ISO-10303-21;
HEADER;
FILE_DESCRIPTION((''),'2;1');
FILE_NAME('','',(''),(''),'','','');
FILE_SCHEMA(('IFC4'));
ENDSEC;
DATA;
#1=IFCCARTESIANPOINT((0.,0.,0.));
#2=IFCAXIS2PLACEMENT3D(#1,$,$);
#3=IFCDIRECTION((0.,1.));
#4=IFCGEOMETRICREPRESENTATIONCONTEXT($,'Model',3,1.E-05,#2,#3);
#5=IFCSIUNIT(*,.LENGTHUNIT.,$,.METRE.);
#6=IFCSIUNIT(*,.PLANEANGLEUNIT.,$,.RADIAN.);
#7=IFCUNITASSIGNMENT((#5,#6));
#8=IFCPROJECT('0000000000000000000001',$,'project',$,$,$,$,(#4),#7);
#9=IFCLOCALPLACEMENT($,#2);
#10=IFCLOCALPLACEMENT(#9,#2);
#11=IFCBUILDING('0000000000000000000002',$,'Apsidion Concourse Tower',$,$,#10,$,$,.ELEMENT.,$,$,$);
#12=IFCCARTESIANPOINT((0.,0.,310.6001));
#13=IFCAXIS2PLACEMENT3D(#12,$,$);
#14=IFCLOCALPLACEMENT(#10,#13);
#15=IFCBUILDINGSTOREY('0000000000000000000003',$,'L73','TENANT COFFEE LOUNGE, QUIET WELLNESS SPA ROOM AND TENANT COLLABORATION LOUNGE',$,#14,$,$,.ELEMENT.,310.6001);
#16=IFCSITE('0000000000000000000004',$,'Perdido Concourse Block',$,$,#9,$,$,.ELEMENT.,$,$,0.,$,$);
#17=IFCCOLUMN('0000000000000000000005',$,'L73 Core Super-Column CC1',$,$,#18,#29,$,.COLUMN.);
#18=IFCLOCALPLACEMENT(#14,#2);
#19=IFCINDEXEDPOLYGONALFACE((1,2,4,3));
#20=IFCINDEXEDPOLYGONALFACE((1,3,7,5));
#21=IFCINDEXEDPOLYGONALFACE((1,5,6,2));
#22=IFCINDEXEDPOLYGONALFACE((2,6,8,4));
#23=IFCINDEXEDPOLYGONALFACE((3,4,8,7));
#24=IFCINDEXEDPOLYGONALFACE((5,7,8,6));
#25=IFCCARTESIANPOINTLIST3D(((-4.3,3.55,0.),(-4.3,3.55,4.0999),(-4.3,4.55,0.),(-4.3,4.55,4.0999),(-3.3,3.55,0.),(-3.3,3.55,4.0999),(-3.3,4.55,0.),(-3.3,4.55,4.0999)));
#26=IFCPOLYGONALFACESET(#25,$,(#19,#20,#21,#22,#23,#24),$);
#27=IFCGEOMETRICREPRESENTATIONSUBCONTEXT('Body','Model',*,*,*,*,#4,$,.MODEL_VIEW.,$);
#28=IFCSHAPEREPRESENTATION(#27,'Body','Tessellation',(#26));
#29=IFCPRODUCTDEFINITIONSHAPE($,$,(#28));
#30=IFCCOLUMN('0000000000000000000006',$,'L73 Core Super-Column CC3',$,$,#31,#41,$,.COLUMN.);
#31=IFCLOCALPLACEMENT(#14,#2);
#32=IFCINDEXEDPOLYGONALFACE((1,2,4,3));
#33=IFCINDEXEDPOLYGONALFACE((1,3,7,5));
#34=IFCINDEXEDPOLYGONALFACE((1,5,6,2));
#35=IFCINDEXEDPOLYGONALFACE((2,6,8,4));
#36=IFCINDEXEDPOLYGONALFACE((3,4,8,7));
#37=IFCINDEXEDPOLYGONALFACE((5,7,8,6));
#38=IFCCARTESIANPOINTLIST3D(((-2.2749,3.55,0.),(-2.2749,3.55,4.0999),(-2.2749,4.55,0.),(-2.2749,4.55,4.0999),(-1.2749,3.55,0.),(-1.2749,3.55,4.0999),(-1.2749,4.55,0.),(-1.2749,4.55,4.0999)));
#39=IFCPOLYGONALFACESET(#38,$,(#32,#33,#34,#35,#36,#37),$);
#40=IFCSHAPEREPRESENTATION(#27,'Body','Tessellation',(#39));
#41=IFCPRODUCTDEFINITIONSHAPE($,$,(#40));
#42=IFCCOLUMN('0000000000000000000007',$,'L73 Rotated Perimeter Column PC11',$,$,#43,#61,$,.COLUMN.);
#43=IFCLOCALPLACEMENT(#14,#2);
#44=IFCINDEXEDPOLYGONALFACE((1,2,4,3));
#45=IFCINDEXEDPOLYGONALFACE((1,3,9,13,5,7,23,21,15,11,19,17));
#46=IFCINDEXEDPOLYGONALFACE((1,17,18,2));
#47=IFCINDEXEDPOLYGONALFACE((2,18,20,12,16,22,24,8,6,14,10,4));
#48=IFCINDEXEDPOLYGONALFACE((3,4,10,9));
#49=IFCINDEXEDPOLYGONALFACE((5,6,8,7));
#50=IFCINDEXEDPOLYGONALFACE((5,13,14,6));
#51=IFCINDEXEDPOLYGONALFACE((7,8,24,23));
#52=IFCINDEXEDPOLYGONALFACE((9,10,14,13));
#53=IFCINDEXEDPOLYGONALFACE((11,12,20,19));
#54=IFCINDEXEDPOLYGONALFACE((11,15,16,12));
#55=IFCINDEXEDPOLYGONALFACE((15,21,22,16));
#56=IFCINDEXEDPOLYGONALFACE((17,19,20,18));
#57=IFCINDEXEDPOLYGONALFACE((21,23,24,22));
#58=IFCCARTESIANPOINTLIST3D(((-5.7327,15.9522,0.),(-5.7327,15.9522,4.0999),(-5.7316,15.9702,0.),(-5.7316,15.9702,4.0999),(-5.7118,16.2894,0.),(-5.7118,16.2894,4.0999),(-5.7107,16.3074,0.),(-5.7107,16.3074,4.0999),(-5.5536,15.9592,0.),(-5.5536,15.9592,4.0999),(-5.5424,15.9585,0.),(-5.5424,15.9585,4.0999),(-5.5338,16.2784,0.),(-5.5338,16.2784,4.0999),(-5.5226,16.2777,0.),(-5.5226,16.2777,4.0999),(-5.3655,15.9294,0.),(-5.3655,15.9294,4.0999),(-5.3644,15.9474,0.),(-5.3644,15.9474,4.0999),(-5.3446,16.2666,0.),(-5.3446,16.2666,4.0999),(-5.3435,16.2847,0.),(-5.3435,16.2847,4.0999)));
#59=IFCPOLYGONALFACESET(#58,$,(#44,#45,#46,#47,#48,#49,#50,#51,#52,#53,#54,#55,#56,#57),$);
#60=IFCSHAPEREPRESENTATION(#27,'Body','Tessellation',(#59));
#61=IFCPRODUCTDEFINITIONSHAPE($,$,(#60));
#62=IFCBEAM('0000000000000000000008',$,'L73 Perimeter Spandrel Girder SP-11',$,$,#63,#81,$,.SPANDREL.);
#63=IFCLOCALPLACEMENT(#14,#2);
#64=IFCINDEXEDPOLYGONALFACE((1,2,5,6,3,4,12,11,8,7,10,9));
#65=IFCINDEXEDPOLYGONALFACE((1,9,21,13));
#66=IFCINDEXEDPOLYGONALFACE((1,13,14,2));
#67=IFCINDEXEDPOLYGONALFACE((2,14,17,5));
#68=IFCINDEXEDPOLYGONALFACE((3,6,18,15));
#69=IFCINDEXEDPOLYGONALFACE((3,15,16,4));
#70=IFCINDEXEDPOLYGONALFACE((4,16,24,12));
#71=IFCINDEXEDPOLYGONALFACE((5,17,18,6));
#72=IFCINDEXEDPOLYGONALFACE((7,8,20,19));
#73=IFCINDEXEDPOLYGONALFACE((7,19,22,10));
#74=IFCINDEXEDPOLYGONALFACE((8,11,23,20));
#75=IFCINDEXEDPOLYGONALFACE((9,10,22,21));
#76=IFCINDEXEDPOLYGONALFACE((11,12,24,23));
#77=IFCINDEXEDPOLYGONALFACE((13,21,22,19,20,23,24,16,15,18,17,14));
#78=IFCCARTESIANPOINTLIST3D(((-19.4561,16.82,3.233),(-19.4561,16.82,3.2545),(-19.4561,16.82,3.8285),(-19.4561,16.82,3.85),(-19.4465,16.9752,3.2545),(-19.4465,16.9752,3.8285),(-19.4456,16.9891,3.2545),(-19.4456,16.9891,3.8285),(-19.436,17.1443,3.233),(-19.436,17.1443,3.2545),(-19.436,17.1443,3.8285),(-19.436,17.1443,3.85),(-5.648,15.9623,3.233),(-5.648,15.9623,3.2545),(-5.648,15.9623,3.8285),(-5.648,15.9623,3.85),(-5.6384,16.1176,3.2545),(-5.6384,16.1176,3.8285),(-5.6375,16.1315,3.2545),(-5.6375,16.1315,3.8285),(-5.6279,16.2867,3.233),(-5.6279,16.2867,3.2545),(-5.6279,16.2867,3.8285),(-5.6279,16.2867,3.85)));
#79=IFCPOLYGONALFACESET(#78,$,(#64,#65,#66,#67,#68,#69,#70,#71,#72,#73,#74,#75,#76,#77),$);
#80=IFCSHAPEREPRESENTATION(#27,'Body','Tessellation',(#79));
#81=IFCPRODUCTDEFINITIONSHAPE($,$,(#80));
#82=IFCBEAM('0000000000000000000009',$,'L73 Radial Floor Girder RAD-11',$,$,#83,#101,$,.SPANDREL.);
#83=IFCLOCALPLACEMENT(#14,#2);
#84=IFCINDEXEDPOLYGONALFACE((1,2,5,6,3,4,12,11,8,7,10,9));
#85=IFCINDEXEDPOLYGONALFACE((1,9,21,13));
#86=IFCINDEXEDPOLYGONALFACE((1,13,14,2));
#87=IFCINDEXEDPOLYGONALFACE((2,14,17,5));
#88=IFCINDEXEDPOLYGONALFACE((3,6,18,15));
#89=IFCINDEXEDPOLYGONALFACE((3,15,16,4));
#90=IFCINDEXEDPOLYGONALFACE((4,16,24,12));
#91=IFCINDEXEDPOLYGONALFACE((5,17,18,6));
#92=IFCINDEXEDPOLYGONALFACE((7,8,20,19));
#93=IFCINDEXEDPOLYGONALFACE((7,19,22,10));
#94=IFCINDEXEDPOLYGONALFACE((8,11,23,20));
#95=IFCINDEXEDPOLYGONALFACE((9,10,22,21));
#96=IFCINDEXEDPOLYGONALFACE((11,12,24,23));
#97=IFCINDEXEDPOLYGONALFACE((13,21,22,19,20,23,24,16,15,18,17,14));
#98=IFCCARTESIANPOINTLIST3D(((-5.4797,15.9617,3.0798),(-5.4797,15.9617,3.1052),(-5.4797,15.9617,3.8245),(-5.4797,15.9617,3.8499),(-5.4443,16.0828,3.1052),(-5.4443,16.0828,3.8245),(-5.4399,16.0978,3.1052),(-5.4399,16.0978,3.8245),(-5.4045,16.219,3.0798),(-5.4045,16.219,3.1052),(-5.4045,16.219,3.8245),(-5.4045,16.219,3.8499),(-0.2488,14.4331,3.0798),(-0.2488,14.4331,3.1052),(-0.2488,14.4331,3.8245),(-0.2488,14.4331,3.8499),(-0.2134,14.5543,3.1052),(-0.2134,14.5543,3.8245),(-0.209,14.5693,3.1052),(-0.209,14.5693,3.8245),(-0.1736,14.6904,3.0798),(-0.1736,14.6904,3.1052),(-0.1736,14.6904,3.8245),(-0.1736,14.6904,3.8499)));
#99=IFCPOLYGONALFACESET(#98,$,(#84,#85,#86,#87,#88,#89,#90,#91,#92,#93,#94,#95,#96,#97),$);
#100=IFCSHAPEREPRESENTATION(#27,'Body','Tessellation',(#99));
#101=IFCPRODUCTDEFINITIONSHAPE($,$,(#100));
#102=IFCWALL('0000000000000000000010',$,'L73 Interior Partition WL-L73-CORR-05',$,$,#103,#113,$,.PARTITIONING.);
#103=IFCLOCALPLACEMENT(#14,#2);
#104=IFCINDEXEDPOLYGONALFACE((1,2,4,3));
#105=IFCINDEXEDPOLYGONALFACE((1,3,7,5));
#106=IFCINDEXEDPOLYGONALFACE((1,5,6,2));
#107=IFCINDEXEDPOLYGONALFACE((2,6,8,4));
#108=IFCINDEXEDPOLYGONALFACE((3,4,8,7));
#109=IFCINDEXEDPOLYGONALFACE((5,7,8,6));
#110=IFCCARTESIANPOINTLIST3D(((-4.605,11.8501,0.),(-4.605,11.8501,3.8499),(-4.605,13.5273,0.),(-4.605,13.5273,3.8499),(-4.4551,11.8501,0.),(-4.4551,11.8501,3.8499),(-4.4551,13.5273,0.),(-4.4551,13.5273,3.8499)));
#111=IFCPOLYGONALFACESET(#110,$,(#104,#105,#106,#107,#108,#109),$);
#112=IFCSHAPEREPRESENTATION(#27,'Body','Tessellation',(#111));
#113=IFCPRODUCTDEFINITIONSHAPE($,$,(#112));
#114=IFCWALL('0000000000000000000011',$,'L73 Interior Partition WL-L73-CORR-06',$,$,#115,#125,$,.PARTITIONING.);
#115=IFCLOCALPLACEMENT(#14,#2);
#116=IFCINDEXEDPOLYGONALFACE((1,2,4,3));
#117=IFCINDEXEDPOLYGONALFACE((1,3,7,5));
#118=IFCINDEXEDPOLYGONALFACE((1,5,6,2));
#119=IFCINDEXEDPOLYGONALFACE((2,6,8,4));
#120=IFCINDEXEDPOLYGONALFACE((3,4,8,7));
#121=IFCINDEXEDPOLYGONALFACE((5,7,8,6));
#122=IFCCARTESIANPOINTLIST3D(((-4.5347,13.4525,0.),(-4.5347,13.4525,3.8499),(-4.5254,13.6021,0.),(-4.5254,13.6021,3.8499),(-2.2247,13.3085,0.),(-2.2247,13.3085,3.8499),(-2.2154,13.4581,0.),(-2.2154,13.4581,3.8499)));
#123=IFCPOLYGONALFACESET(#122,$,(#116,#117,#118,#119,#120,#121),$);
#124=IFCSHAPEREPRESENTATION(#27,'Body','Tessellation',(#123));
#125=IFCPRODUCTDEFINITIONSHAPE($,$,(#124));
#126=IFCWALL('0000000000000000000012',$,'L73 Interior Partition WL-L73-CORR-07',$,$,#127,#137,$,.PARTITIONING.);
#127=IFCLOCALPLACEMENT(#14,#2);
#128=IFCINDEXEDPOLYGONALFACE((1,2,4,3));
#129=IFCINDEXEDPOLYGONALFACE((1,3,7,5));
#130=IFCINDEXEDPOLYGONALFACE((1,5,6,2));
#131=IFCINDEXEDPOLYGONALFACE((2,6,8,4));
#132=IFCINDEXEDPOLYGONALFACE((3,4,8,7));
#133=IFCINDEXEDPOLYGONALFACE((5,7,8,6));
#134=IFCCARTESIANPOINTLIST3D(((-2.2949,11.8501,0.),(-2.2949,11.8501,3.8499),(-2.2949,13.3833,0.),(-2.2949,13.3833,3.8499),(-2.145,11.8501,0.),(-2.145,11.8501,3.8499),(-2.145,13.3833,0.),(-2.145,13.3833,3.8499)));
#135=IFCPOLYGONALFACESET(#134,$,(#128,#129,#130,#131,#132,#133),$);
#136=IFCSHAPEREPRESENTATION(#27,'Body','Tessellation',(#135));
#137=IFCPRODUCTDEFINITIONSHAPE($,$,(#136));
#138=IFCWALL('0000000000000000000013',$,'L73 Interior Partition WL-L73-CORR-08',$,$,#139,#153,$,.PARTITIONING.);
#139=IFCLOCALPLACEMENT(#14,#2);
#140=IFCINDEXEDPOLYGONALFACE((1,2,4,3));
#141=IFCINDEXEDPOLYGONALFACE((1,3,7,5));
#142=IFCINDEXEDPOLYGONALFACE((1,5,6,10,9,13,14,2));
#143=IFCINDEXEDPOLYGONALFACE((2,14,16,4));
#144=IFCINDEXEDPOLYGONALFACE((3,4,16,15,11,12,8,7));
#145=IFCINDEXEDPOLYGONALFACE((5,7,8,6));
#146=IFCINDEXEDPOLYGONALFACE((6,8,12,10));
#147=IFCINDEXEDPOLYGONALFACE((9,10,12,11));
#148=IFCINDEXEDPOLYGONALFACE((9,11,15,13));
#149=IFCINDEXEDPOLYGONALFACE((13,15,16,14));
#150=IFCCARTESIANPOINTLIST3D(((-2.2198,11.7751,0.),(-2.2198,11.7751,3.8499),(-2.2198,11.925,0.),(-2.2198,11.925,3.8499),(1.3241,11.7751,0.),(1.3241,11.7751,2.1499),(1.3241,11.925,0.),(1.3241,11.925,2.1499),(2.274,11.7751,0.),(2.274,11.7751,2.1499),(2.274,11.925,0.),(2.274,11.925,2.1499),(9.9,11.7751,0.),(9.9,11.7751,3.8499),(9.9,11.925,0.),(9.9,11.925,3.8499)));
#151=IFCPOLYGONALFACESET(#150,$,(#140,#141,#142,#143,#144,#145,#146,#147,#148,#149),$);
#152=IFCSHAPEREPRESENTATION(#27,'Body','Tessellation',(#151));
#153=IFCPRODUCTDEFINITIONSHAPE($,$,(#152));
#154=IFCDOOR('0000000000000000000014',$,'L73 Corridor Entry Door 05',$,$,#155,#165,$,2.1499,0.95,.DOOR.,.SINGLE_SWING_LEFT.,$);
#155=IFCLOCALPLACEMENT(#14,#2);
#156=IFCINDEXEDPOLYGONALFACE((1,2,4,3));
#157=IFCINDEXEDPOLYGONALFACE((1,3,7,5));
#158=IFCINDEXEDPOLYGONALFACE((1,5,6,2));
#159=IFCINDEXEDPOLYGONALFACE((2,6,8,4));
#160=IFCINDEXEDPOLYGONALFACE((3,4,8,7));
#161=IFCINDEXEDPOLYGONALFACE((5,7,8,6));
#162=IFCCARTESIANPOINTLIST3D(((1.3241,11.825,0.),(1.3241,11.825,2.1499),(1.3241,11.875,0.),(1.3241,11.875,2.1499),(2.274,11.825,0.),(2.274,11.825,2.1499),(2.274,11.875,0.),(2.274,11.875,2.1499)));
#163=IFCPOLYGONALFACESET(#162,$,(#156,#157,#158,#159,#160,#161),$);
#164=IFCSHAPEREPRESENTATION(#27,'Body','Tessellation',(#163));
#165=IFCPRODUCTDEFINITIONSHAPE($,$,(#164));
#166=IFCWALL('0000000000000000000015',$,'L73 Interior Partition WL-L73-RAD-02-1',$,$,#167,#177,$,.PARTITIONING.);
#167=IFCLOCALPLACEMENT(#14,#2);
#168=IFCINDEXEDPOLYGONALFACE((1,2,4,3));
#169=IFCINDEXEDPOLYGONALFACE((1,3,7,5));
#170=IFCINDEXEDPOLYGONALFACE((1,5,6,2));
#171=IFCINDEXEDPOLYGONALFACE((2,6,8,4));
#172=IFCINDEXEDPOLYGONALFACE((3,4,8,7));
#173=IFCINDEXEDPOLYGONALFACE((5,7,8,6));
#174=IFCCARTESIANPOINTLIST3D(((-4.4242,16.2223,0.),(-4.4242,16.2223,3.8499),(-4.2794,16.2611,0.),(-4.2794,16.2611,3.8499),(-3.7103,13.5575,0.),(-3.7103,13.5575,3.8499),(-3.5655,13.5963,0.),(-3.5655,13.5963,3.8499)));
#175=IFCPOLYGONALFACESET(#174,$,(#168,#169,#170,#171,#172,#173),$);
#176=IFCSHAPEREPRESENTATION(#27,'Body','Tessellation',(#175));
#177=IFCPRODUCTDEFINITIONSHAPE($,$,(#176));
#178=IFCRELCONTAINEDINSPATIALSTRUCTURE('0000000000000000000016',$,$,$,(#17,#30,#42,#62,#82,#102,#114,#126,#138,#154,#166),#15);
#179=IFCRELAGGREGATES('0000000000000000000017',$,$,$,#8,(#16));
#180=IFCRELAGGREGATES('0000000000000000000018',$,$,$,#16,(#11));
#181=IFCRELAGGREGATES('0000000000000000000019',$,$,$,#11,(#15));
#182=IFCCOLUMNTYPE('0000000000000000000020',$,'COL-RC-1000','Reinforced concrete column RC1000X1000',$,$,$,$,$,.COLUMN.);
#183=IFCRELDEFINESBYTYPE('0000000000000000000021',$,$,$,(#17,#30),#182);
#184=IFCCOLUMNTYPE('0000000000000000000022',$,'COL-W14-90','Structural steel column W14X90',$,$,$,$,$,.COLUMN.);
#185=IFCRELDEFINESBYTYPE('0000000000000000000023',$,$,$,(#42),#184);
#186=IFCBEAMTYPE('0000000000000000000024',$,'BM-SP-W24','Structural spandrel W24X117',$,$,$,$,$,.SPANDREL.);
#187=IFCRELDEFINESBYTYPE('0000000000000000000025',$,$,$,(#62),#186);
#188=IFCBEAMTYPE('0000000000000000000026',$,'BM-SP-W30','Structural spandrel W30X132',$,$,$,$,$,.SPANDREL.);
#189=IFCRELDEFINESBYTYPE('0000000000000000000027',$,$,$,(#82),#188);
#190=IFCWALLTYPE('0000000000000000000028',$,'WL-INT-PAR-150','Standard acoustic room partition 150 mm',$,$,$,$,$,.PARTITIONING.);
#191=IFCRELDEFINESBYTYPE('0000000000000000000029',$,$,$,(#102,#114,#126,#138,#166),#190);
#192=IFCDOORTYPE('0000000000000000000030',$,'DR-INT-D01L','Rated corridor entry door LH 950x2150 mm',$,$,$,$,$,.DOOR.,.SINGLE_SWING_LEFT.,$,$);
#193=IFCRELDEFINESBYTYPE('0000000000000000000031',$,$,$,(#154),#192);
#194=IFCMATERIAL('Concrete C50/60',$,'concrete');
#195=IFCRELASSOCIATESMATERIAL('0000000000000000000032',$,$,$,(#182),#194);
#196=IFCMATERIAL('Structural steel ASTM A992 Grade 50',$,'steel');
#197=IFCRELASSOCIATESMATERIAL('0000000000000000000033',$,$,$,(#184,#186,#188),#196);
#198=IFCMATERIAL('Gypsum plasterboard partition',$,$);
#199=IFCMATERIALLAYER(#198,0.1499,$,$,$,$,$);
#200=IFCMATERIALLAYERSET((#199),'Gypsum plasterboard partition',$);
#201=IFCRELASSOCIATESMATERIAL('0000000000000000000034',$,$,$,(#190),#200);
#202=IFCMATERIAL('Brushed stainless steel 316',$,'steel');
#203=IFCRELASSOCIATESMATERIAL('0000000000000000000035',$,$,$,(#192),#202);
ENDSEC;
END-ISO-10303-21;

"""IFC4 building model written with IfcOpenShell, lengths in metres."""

from ifc_helpers import new_model, si_unit, direction, frame, frame_2d, origin, origin_2d, place, context, subcontext, project, spatial, rectangle, i_section, extrude, material, layer, layer_set, material_profile, profile_set, type_object, element, fill, save


model = new_model("IFC4")

# Units and contexts
model_context = context("Model", 3, precision=1e-05, world=origin(), true_north=direction((0.0, 1.0)))
body_context = subcontext(model_context, "Body", "Model", "MODEL_VIEW")
ifc_project = project(units=[si_unit("LENGTHUNIT", "METRE"), si_unit("PLANEANGLEUNIT", "RADIAN")], contexts=[model_context])

# Site, building, storey
site_placement = place(None, origin())
site = spatial("IfcSite", under=ifc_project, at=site_placement, Name="Perdido Concourse Block", CompositionType="ELEMENT", RefElevation=0.0)
building_placement = place(site_placement, origin())
building = spatial("IfcBuilding", under=site, at=building_placement, Name="Apsidion Concourse Tower", CompositionType="ELEMENT")
storey_placement = place(building_placement, frame((0.0, 0.0, 310.6001)))
storey = spatial("IfcBuildingStorey", under=building, at=storey_placement, Name="L73", Description="TENANT COFFEE LOUNGE, QUIET WELLNESS SPA ROOM AND TENANT COLLABORATION LOUNGE", CompositionType="ELEMENT", Elevation=310.6001)

# Columns
ifc_material_1 = material(Name="Concrete C50/60", Category="concrete")
ifc_material_profile_1 = material_profile(ifc_material_1, rectangle(XDim=1.0, YDim=1.0, at=origin_2d()), Name="RC 1000x1000")
ifc_profile_set_1 = profile_set([ifc_material_profile_1], Name="Concrete C50/60")
column_type_1 = type_object("IfcColumnType", Name="COL-RC-1000", Description="Reinforced concrete column RC1000X1000", PredefinedType="COLUMN", material=ifc_profile_set_1)
for number, where, z_axis, x_axis, name in (
    (1, (-3.8, 4.05, 0.0), (0.0, 0.0, 1.0), (1.0, 0.0, 0.0), "L73 Core Super-Column CC1"),
    (2, (-1.7749, 4.05, 0.0), (0.0, 0.0, 1.0), (1.0, 0.0, 0.0), "L73 Core Super-Column CC3"),
):
    element("IfcColumn", number, at=place(storey_placement, frame(where, z_axis=z_axis, x_axis=x_axis)), inside=storey, type_object=column_type_1, Name=name, PredefinedType="COLUMN", context=body_context, shape_type="SweptSolid", body=[
        extrude(rectangle(XDim=1.0, YDim=1.0, at=origin_2d()), origin(), (0.0, 0.0, 1.0), 4.0999),
    ])
ifc_material_2 = material(Name="Structural steel ASTM A992 Grade 50", Category="steel")
ifc_material_profile_2 = material_profile(ifc_material_2, i_section(OverallWidth=0.3679, OverallDepth=0.356, WebThickness=0.0112, FlangeThickness=0.0181, at=origin_2d()), Name="W14X90")
ifc_profile_set_2 = profile_set([ifc_material_profile_2], Name="Structural steel ASTM A992 Grade 50")
column_type_2 = type_object("IfcColumnType", Name="COL-W14-90", Description="Structural steel column W14X90", PredefinedType="COLUMN", material=ifc_profile_set_2)
column_placement = place(storey_placement, frame((-5.5381, 16.1184, 0.0), z_axis=(0.0, 0.0, 1.0), x_axis=(-0.998081, 0.06192, 0.0)))
element("IfcColumn", 3, at=column_placement, inside=storey, type_object=column_type_2, Name="L73 Rotated Perimeter Column PC11", PredefinedType="COLUMN", context=body_context, shape_type="SweptSolid", body=[
    extrude(i_section(OverallWidth=0.3679, OverallDepth=0.356, WebThickness=0.0112, FlangeThickness=0.0181, at=origin_2d()), origin(), (0.0, 0.0, 1.0), 4.0999),
])

# Beams
ifc_material_profile_3 = material_profile(ifc_material_2, i_section(OverallWidth=0.325, OverallDepth=0.6169, WebThickness=0.0139, FlangeThickness=0.0215, at=origin_2d()), Name="W24X117")
ifc_profile_set_3 = profile_set([ifc_material_profile_3], Name="Structural steel ASTM A992 Grade 50")
beam_type_1 = type_object("IfcBeamType", Name="BM-SP-W24", Description="Structural spandrel W24X117", PredefinedType="SPANDREL", material=ifc_profile_set_3)
beam_1_placement = place(storey_placement, frame((-5.6379, 16.1245, 3.5415), z_axis=(-0.998077, 0.061994, 0.0), x_axis=(-0.061994, -0.998077, 0.0)))
element("IfcBeam", 4, at=beam_1_placement, inside=storey, type_object=beam_type_1, Name="L73 Perimeter Spandrel Girder SP-11", PredefinedType="SPANDREL", context=body_context, shape_type="SweptSolid", body=[
    extrude(i_section(OverallWidth=0.325, OverallDepth=0.6169, WebThickness=0.0139, FlangeThickness=0.0215, at=origin_2d()), origin(), (0.0, 0.0, 1.0), 13.8347),
])
ifc_material_profile_4 = material_profile(ifc_material_2, i_section(OverallWidth=0.2681, OverallDepth=0.77, WebThickness=0.0156, FlangeThickness=0.0254, at=origin_2d()), Name="W30X132")
ifc_profile_set_4 = profile_set([ifc_material_profile_4], Name="Structural steel ASTM A992 Grade 50")
beam_type_2 = type_object("IfcBeamType", Name="BM-SP-W30", Description="Structural spandrel W30X132", PredefinedType="SPANDREL", material=ifc_profile_set_4)
beam_2_placement = place(storey_placement, frame((-0.2112, 14.5618, 3.4648), z_axis=(-0.959858, 0.280485, 0.0), x_axis=(-0.280485, -0.959858, 0.0)))
element("IfcBeam", 5, at=beam_2_placement, inside=storey, type_object=beam_type_2, Name="L73 Radial Floor Girder RAD-11", PredefinedType="SPANDREL", context=body_context, shape_type="SweptSolid", body=[
    extrude(i_section(OverallWidth=0.2681, OverallDepth=0.77, WebThickness=0.0156, FlangeThickness=0.0254, at=origin_2d()), origin(), (0.0, 0.0, 1.0), 5.4497),
])

# Walls
ifc_material_3 = material(Name="Gypsum plasterboard partition")
ifc_layer_1 = layer(ifc_material_3, 0.1499)
ifc_layer_set_1 = layer_set([ifc_layer_1], Name="Gypsum plasterboard partition")
wall_type_1 = type_object("IfcWallType", Name="WL-INT-PAR-150", Description="Standard acoustic room partition 150 mm", PredefinedType="PARTITIONING", material=ifc_layer_set_1)
wall_1_placement = place(storey_placement, frame((-4.53, 11.8501, 0.0), z_axis=(0.0, 0.0, 1.0), x_axis=(0.0, 1.0, 0.0)))
element("IfcWall", 6, at=wall_1_placement, inside=storey, type_object=wall_type_1, Name="L73 Interior Partition WL-L73-CORR-05", PredefinedType="PARTITIONING", context=body_context, shape_type="SweptSolid", body=[
    extrude(rectangle(XDim=1.6772, YDim=0.1499, at=frame_2d((0.8386, 0.0))), origin(), (0.0, 0.0, 1.0), 3.8499),
])
wall_2_placement = place(storey_placement, frame((-4.53, 13.5273, 0.0), z_axis=(0.0, 0.0, 1.0), x_axis=(0.998062, -0.062234, 0.0)))
element("IfcWall", 7, at=wall_2_placement, inside=storey, type_object=wall_type_1, Name="L73 Interior Partition WL-L73-CORR-06", PredefinedType="PARTITIONING", context=body_context, shape_type="SweptSolid", body=[
    extrude(rectangle(XDim=2.3145, YDim=0.1499, at=frame_2d((1.1572, 0.0))), origin(), (0.0, 0.0, 1.0), 3.8499),
])
wall_3_placement = place(storey_placement, frame((-2.22, 13.3833, 0.0), z_axis=(0.0, 0.0, 1.0), x_axis=(0.0, -1.0, 0.0)))
element("IfcWall", 8, at=wall_3_placement, inside=storey, type_object=wall_type_1, Name="L73 Interior Partition WL-L73-CORR-07", PredefinedType="PARTITIONING", context=body_context, shape_type="SweptSolid", body=[
    extrude(rectangle(XDim=1.5332, YDim=0.1499, at=frame_2d((0.7666, 0.0))), origin(), (0.0, 0.0, 1.0), 3.8499),
])

# Wall, opening, door
wall_4_placement = place(storey_placement, frame((-2.22, 11.8501, 0.0), z_axis=(0.0, 0.0, 1.0), x_axis=(1.0, 0.0, 0.0)))
wall_4 = element("IfcWall", 9, at=wall_4_placement, inside=storey, type_object=wall_type_1, Name="L73 Interior Partition WL-L73-CORR-08", PredefinedType="PARTITIONING", context=body_context, shape_type="SweptSolid", body=[
    extrude(rectangle(XDim=12.1199, YDim=0.1499, at=frame_2d((6.0601, 0.0))), origin(), (0.0, 0.0, 1.0), 3.8499),
])
opening_placement = place(wall_4_placement, frame((3.5439, 0.0, 0.0)))
opening = element("IfcOpeningElement", 10, at=opening_placement, cuts=wall_4, PredefinedType="OPENING", context=body_context, shape_type="SweptSolid", body=[
    extrude(rectangle(XDim=0.95, YDim=2.1499, at=frame_2d((0.4751, 1.075))), frame((0.0, 0.085, 0.0), z_axis=(0.0, -1.0, 0.0), x_axis=(1.0, 0.0, 0.0)), (0.0, 0.0, 1.0), 0.1699),
])
ifc_material_4 = material(Name="Brushed stainless steel 316", Category="steel")
door_type = type_object("IfcDoorType", Name="DR-INT-D01L", Description="Rated corridor entry door LH 950x2150 mm", OperationType="SINGLE_SWING_LEFT", PredefinedType="DOOR", material=ifc_material_4)
door_placement = place(opening_placement, origin())
door = element("IfcDoor", 11, at=door_placement, inside=storey, type_object=door_type, Name="L73 Corridor Entry Door 05", OperationType="SINGLE_SWING_LEFT", OverallHeight=2.1499, OverallWidth=0.95, PredefinedType="DOOR", context=body_context, shape_type="SweptSolid", body=[
    extrude(rectangle(XDim=0.95, YDim=2.1499, at=frame_2d((0.4751, 1.075))), frame((0.0, 0.0249, 0.0), z_axis=(0.0, -1.0, 0.0), x_axis=(1.0, 0.0, 0.0)), (0.0, 0.0, 1.0), 0.05),
])
fill(opening, door)

# Wall
wall_5_placement = place(storey_placement, frame((-3.6379, 13.5769, 0.0), z_axis=(0.0, 0.0, 1.0), x_axis=(-0.258764, 0.965941, 0.0)))
element("IfcWall", 12, at=wall_5_placement, inside=storey, type_object=wall_type_1, Name="L73 Interior Partition WL-L73-RAD-02-1", PredefinedType="PARTITIONING", context=body_context, shape_type="SweptSolid", body=[
    extrude(rectangle(XDim=2.7588, YDim=0.1499, at=frame_2d((1.3794, 0.0))), origin(), (0.0, 0.0, 1.0), 3.8499),
])

save(model, "model.ifc")
